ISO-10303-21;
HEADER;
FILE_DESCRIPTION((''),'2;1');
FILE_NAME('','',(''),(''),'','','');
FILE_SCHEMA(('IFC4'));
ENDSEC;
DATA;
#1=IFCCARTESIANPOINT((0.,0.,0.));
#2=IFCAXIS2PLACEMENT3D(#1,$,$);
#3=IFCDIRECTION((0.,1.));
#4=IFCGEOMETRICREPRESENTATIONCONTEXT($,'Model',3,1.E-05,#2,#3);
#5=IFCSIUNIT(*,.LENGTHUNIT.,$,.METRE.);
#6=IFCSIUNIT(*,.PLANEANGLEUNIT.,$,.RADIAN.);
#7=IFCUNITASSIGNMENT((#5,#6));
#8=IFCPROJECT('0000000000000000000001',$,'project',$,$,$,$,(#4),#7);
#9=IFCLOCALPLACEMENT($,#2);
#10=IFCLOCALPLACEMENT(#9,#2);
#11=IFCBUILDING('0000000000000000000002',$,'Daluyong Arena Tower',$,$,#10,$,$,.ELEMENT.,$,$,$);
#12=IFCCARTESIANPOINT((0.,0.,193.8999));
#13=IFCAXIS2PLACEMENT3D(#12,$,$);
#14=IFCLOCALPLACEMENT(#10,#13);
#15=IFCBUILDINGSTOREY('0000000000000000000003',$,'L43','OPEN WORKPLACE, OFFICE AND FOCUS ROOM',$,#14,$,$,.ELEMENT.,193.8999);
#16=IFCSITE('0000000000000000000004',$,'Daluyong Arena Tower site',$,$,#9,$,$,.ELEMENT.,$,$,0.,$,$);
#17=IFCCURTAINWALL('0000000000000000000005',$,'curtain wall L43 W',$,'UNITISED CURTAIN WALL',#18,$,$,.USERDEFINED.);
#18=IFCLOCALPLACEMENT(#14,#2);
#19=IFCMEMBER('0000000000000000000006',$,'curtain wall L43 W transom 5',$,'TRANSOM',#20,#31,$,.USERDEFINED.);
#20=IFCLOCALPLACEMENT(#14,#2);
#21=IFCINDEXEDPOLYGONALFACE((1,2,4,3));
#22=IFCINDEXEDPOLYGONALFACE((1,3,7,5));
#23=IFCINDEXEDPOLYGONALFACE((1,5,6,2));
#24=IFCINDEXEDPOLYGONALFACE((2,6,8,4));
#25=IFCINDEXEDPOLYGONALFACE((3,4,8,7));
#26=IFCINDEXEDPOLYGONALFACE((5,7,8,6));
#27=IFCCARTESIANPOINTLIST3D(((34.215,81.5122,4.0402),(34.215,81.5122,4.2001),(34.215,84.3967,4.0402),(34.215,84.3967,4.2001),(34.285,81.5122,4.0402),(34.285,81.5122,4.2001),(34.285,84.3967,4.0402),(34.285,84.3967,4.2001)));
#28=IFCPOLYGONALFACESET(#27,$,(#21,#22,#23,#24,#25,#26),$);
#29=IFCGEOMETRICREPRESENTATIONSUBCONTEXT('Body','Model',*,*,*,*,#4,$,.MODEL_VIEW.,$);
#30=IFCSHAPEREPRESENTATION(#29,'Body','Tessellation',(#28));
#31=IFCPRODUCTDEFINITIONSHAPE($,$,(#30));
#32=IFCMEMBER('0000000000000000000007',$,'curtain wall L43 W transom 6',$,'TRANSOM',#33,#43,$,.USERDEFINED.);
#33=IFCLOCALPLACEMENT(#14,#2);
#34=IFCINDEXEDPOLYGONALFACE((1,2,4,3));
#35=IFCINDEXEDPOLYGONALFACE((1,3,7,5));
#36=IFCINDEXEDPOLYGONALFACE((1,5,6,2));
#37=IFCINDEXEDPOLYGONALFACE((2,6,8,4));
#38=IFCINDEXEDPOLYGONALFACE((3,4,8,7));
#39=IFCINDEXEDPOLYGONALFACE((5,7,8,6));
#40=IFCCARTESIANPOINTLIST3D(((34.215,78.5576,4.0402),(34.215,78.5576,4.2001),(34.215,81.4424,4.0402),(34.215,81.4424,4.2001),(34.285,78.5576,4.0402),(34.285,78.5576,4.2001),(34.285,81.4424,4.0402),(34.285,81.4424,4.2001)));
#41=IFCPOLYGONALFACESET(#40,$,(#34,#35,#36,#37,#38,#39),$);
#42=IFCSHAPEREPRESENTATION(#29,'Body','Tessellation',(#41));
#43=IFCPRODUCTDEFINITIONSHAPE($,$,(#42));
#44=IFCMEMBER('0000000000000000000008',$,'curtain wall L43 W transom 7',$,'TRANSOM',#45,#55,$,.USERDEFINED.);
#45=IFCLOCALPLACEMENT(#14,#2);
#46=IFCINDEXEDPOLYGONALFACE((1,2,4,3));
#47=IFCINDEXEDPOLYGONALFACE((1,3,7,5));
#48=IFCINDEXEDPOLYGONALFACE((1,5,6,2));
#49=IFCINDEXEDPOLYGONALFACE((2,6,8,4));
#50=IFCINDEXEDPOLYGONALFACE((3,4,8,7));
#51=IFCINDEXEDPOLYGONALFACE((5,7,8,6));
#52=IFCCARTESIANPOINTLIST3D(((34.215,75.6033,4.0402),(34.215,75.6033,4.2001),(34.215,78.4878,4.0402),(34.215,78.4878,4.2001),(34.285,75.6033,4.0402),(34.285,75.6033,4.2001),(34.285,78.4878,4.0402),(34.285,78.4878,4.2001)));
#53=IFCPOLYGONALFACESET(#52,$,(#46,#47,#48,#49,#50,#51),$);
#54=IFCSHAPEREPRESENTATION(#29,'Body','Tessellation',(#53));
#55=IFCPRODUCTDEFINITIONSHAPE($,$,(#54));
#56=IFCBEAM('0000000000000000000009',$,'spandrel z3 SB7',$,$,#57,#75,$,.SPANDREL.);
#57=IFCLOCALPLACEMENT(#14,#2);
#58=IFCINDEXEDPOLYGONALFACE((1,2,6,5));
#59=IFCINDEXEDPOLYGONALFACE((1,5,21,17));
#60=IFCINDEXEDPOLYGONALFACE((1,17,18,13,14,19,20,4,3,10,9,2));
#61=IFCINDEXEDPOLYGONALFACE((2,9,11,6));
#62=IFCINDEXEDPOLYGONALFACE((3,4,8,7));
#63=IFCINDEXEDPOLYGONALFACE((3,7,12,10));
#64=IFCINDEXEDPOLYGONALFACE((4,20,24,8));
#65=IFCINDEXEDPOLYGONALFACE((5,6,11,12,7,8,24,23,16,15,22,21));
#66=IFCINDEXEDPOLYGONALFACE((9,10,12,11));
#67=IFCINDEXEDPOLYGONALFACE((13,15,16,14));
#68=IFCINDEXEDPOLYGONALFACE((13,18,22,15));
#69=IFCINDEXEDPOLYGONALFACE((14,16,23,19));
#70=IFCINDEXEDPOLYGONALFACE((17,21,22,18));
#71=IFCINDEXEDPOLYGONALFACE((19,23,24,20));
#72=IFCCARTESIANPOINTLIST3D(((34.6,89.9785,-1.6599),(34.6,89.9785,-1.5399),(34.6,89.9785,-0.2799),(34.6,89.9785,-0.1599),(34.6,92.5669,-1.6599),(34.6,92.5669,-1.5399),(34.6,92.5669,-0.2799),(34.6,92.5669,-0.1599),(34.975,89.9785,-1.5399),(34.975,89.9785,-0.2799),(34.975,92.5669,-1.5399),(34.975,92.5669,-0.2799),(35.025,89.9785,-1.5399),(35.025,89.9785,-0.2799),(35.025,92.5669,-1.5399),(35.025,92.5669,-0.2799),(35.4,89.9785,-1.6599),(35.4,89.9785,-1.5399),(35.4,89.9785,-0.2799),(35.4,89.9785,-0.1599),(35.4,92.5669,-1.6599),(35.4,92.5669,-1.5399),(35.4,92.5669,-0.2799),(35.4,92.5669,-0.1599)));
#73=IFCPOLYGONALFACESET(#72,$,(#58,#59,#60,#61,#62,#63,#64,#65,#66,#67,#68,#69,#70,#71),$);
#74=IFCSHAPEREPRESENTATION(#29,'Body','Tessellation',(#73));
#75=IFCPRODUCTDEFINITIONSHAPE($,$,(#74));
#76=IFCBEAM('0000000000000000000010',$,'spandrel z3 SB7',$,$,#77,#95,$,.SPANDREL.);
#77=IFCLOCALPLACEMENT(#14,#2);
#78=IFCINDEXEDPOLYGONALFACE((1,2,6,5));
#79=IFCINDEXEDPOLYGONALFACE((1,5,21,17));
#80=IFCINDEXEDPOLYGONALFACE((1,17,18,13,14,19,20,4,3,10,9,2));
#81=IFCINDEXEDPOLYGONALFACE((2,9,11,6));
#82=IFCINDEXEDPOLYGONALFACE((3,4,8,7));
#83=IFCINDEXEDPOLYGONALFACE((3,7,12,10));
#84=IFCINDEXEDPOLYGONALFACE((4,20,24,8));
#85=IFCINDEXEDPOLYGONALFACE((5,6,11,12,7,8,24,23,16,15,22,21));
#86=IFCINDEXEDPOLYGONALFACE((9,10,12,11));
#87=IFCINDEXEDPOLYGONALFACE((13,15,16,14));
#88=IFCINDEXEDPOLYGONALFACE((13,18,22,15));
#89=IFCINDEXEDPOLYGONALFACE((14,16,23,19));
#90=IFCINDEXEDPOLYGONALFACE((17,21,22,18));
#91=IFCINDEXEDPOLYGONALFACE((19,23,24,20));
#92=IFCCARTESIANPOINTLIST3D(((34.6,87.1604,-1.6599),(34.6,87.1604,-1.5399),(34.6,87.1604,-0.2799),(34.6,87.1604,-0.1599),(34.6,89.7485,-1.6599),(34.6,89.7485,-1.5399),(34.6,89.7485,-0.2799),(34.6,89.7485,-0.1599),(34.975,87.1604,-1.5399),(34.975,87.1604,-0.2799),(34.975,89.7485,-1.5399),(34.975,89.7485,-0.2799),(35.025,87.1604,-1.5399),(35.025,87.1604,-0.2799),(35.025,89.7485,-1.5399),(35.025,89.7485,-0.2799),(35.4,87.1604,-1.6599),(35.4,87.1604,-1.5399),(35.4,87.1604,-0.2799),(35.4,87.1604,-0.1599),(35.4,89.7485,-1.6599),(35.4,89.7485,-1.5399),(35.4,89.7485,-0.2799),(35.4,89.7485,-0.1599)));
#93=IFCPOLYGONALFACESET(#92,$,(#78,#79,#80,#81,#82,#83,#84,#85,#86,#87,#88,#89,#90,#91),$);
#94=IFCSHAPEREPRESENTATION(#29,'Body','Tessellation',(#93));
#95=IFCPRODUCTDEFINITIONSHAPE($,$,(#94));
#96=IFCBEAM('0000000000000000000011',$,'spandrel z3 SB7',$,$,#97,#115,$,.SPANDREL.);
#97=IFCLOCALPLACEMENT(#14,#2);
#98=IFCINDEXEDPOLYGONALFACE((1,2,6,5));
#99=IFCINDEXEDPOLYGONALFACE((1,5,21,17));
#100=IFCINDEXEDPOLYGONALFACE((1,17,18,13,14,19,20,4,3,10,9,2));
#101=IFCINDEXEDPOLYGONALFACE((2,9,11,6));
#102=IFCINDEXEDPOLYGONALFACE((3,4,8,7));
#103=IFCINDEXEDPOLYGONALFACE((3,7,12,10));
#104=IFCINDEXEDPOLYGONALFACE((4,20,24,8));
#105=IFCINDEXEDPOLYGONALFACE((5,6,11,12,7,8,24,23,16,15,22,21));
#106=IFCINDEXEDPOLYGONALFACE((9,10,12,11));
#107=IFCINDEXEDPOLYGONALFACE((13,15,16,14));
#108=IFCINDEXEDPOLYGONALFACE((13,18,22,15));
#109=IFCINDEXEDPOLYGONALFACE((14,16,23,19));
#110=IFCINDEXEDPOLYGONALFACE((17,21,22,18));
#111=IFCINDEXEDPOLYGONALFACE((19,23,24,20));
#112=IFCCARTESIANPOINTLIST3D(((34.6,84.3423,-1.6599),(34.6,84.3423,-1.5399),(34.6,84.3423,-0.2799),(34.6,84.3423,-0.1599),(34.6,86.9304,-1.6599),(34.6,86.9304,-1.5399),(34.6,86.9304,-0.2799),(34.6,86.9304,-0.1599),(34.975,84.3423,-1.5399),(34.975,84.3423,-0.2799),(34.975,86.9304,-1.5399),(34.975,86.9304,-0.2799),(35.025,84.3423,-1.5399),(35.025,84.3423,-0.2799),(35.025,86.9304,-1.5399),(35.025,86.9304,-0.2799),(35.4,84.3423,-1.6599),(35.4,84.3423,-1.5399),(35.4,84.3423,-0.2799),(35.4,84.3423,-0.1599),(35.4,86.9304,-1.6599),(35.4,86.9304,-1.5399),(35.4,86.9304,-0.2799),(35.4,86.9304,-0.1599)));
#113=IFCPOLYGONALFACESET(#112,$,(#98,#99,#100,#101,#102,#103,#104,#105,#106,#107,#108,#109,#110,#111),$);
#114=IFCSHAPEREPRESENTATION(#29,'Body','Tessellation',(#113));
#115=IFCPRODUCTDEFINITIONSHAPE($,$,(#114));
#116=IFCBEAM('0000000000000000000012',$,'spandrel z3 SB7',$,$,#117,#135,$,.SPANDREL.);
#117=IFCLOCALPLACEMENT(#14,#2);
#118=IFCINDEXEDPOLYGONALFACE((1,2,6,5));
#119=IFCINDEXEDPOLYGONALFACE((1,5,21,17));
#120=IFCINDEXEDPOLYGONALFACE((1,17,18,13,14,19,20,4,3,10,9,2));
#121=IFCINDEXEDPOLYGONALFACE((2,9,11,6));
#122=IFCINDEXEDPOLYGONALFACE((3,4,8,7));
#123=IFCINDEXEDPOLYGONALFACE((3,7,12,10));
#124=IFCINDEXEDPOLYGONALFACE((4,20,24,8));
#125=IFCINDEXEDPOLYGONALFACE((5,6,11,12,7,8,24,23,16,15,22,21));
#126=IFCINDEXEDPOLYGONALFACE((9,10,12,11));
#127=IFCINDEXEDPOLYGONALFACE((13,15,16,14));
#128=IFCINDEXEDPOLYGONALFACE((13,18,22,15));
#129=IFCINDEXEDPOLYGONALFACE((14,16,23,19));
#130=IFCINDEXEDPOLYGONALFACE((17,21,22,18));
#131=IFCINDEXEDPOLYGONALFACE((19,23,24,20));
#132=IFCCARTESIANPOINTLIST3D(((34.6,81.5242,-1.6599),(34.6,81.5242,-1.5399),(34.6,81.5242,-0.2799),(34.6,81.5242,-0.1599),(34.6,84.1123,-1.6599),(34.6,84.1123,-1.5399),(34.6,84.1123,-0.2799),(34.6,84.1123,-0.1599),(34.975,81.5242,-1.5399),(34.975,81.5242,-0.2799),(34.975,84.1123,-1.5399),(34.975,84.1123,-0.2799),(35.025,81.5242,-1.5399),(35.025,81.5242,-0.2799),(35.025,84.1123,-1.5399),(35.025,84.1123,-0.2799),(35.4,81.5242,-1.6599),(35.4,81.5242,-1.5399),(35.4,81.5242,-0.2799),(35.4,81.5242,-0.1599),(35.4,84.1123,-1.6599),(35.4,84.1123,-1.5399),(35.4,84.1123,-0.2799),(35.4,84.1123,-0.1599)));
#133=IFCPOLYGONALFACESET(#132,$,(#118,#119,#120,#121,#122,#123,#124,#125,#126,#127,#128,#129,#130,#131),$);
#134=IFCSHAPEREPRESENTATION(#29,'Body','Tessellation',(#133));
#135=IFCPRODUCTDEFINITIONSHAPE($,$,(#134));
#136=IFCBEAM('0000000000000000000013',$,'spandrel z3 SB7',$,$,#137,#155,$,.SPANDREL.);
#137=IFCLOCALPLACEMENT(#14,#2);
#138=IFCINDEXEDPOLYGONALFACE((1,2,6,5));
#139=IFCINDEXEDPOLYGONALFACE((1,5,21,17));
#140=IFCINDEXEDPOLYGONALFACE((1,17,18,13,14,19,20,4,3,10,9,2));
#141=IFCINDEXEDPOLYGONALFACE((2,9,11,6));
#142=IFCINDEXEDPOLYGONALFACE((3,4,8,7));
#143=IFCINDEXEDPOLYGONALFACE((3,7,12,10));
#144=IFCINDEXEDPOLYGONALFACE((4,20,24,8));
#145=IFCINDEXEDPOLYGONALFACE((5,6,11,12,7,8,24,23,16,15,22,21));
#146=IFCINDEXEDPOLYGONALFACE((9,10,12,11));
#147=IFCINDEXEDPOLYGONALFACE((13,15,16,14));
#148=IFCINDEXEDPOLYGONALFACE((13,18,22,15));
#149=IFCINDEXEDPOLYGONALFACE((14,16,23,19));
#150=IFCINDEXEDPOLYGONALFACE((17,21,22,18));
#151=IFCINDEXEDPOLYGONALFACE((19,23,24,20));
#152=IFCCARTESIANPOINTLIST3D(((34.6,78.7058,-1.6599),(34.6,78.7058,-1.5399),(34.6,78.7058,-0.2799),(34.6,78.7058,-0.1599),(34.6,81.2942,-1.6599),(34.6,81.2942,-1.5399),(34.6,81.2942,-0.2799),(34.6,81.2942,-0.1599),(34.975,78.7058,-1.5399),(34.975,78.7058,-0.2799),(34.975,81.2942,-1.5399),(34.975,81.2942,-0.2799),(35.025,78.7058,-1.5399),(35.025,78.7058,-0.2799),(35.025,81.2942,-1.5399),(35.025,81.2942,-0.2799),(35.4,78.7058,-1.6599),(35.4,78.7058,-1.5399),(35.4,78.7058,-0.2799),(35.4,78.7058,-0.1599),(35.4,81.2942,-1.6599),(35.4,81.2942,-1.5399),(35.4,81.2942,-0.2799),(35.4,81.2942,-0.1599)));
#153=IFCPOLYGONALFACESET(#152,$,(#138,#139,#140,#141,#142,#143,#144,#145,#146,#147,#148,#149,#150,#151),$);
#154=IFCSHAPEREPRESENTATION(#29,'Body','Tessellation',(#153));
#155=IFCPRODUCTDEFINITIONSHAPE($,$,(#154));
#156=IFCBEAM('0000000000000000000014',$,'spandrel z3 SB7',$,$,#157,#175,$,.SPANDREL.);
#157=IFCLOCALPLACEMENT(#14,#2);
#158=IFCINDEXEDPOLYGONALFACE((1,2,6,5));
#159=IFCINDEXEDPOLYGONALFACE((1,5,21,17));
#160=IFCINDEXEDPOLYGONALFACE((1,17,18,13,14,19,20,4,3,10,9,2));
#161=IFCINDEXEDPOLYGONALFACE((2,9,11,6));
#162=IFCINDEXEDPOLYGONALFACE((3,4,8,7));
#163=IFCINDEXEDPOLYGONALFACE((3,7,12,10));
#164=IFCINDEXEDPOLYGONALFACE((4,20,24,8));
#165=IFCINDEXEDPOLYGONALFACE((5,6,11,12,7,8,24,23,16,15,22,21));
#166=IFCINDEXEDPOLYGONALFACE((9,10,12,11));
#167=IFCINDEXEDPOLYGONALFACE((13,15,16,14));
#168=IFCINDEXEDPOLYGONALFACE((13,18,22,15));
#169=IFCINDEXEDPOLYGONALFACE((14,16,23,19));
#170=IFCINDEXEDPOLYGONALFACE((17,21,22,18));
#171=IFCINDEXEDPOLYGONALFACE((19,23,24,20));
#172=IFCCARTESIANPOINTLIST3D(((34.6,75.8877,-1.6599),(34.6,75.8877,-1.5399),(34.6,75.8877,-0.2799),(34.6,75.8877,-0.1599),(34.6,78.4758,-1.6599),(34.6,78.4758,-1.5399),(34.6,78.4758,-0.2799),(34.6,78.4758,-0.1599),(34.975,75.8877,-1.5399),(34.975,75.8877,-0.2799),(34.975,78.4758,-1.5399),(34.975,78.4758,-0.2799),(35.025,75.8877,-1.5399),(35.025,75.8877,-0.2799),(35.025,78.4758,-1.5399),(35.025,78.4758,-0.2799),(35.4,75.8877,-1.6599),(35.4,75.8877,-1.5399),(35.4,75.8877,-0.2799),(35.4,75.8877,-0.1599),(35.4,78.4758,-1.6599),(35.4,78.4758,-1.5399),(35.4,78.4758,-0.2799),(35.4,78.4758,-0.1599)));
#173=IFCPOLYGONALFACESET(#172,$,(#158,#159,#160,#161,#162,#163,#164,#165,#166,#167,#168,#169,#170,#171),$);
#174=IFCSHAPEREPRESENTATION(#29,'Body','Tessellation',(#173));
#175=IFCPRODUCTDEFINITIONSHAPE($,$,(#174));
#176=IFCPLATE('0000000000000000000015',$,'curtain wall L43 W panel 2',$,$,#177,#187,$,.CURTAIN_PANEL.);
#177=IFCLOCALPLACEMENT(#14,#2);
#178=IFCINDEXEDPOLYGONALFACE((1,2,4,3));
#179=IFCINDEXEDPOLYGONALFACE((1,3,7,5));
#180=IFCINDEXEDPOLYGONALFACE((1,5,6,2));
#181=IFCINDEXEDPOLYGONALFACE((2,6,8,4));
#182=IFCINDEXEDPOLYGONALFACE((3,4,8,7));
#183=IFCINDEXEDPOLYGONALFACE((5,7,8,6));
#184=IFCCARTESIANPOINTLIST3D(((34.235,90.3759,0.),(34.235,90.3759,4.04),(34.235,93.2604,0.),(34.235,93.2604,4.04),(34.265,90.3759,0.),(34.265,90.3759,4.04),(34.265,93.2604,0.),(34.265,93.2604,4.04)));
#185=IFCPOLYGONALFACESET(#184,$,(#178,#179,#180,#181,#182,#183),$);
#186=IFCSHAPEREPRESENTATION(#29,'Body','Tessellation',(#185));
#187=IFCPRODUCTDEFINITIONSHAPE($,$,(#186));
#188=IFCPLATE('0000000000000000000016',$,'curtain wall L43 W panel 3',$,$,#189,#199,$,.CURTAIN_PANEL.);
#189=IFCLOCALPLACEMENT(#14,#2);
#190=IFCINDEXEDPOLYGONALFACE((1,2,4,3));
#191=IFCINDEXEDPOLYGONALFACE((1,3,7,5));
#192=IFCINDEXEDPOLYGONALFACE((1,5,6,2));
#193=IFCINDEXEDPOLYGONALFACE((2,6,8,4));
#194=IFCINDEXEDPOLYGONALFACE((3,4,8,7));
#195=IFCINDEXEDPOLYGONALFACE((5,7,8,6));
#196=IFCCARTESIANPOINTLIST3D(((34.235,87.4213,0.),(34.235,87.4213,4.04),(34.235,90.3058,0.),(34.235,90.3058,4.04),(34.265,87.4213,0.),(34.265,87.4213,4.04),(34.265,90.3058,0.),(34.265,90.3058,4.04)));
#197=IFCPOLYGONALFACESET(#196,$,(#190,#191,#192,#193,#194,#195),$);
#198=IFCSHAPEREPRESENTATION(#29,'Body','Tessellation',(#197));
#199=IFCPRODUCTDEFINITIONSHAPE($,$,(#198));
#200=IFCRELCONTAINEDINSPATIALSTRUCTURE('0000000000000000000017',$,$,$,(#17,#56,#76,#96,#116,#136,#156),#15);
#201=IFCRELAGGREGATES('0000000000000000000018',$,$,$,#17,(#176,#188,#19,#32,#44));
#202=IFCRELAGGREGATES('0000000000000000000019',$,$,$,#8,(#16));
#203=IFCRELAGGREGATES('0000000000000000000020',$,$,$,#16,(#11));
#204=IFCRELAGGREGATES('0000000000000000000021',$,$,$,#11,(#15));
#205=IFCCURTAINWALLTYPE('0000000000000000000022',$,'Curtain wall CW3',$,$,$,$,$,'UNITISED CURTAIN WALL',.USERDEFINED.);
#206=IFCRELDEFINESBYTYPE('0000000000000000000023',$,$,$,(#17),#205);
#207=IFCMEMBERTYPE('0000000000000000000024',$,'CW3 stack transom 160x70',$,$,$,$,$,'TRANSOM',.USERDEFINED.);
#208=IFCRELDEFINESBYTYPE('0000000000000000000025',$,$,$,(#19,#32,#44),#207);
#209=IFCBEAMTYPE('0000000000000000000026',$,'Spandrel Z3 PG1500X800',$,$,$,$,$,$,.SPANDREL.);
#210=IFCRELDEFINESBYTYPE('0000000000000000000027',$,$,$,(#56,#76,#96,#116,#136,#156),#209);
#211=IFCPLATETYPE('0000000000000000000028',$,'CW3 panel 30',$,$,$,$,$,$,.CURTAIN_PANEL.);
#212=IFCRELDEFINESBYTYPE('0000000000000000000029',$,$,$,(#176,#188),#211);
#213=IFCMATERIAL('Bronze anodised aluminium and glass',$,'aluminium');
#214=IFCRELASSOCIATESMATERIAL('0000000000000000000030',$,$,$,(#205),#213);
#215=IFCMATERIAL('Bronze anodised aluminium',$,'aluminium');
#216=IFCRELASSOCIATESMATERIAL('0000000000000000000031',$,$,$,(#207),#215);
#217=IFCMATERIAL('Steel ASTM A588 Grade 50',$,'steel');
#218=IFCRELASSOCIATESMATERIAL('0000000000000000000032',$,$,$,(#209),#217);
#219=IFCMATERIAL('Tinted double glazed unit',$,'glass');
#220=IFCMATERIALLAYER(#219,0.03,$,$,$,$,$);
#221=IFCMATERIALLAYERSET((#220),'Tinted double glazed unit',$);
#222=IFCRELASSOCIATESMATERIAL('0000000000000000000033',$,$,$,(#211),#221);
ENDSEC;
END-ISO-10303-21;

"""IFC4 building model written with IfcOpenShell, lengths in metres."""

from ifc_helpers import new_model, si_unit, direction, frame, origin, origin_2d, place, context, subcontext, project, spatial, rectangle, i_section, extrude, material, layer, layer_set, material_profile, profile_set, type_object, element, aggregate, save


model = new_model("IFC4")

# Units and contexts
model_context = context("Model", 3, precision=1e-05, world=origin(), true_north=direction((0.0, 1.0)))
body_context = subcontext(model_context, "Body", "Model", "MODEL_VIEW")
ifc_project = project(units=[si_unit("LENGTHUNIT", "METRE"), si_unit("PLANEANGLEUNIT", "RADIAN")], contexts=[model_context])

# Site, building, storey
site_placement = place(None, origin())
site = spatial("IfcSite", under=ifc_project, at=site_placement, Name="Daluyong Arena Tower site", CompositionType="ELEMENT", RefElevation=0.0)
building_placement = place(site_placement, origin())
building = spatial("IfcBuilding", under=site, at=building_placement, Name="Daluyong Arena Tower", CompositionType="ELEMENT")
storey_placement = place(building_placement, frame((0.0, 0.0, 193.8999)))
storey = spatial("IfcBuildingStorey", under=building, at=storey_placement, Name="L43", Description="OPEN WORKPLACE, OFFICE AND FOCUS ROOM", CompositionType="ELEMENT", Elevation=193.8999)

# Curtain wall, members
ifc_material_1 = material(Name="Bronze anodised aluminium and glass", Category="aluminium")
curtain_wall_type = type_object("IfcCurtainWallType", Name="Curtain wall CW3", ElementType="UNITISED CURTAIN WALL", PredefinedType="USERDEFINED", material=ifc_material_1)
curtain_wall_placement = place(storey_placement, origin())
curtain_wall = element("IfcCurtainWall", 1, at=curtain_wall_placement, inside=storey, type_object=curtain_wall_type, Name="curtain wall L43 W", ObjectType="UNITISED CURTAIN WALL", PredefinedType="USERDEFINED")
ifc_material_2 = material(Name="Bronze anodised aluminium", Category="aluminium")
ifc_material_profile_1 = material_profile(ifc_material_2, rectangle(XDim=0.0701, YDim=0.1599, at=origin_2d()))
ifc_profile_set_1 = profile_set([ifc_material_profile_1], Name="Bronze anodised aluminium")
member_type_1 = type_object("IfcMemberType", Name="CW3 stack transom 160x70", ElementType="TRANSOM", PredefinedType="USERDEFINED", material=ifc_profile_set_1)
member_1_placement = place(storey_placement, frame((34.25, 84.3967, 4.1201), z_axis=(0.0, -1.0, 0.0), x_axis=(1.0, 0.0, 0.0)))
member_1 = element("IfcMember", 2, at=member_1_placement, type_object=member_type_1, Name="curtain wall L43 W transom 5", ObjectType="TRANSOM", PredefinedType="USERDEFINED", context=body_context, shape_type="SweptSolid", body=[
    extrude(rectangle(XDim=0.0701, YDim=0.1599, at=origin_2d()), origin(), (0.0, 0.0, 1.0), 2.8845),
])
member_2_placement = place(storey_placement, frame((34.25, 81.4424, 4.1201), z_axis=(0.0, -1.0, 0.0), x_axis=(1.0, 0.0, 0.0)))
member_2 = element("IfcMember", 3, at=member_2_placement, type_object=member_type_1, Name="curtain wall L43 W transom 6", ObjectType="TRANSOM", PredefinedType="USERDEFINED", context=body_context, shape_type="SweptSolid", body=[
    extrude(rectangle(XDim=0.0701, YDim=0.1599, at=origin_2d()), origin(), (0.0, 0.0, 1.0), 2.8848),
])
member_3_placement = place(storey_placement, frame((34.25, 78.4878, 4.1201), z_axis=(0.0, -1.0, 0.0), x_axis=(1.0, 0.0, 0.0)))
member_3 = element("IfcMember", 4, at=member_3_placement, type_object=member_type_1, Name="curtain wall L43 W transom 7", ObjectType="TRANSOM", PredefinedType="USERDEFINED", context=body_context, shape_type="SweptSolid", body=[
    extrude(rectangle(XDim=0.0701, YDim=0.1599, at=origin_2d()), origin(), (0.0, 0.0, 1.0), 2.8845),
])

# Beams
ifc_material_3 = material(Name="Steel ASTM A588 Grade 50", Category="steel")
ifc_material_profile_2 = material_profile(ifc_material_3, i_section(OverallWidth=0.8, OverallDepth=1.5, WebThickness=0.05, FlangeThickness=0.12, at=origin_2d()))
ifc_profile_set_2 = profile_set([ifc_material_profile_2], Name="Steel ASTM A588 Grade 50")
beam_type = type_object("IfcBeamType", Name="Spandrel Z3 PG1500X800", PredefinedType="SPANDREL", material=ifc_profile_set_2)
beam_1_placement = place(storey_placement, frame((35.0, 92.5669, -0.9099), z_axis=(0.0, -1.0, 0.0), x_axis=(1.0, 0.0, 0.0)))
element("IfcBeam", 5, at=beam_1_placement, inside=storey, type_object=beam_type, Name="spandrel z3 SB7", PredefinedType="SPANDREL", context=body_context, shape_type="SweptSolid", body=[
    extrude(i_section(OverallWidth=0.8, OverallDepth=1.5, WebThickness=0.05, FlangeThickness=0.12, at=origin_2d()), origin(), (0.0, 0.0, 1.0), 2.5884),
])
for number, where, z_axis, x_axis, name in (
    (6, (35.0, 89.7485, -0.9099), (0.0, -1.0, 0.0), (1.0, 0.0, 0.0), "spandrel z3 SB7"),
    (7, (35.0, 86.9304, -0.9099), (0.0, -1.0, 0.0), (1.0, 0.0, 0.0), "spandrel z3 SB7"),
    (8, (35.0, 84.1123, -0.9099), (0.0, -1.0, 0.0), (1.0, 0.0, 0.0), "spandrel z3 SB7"),
):
    element("IfcBeam", number, at=place(storey_placement, frame(where, z_axis=z_axis, x_axis=x_axis)), inside=storey, type_object=beam_type, Name=name, PredefinedType="SPANDREL", context=body_context, shape_type="SweptSolid", body=[
        extrude(i_section(OverallWidth=0.8, OverallDepth=1.5, WebThickness=0.05, FlangeThickness=0.12, at=origin_2d()), origin(), (0.0, 0.0, 1.0), 2.5881),
    ])
beam_2_placement = place(storey_placement, frame((35.0, 81.2942, -0.9099), z_axis=(0.0, -1.0, 0.0), x_axis=(1.0, 0.0, 0.0)))
element("IfcBeam", 9, at=beam_2_placement, inside=storey, type_object=beam_type, Name="spandrel z3 SB7", PredefinedType="SPANDREL", context=body_context, shape_type="SweptSolid", body=[
    extrude(i_section(OverallWidth=0.8, OverallDepth=1.5, WebThickness=0.05, FlangeThickness=0.12, at=origin_2d()), origin(), (0.0, 0.0, 1.0), 2.5884),
])
beam_3_placement = place(storey_placement, frame((35.0, 78.4758, -0.9099), z_axis=(0.0, -1.0, 0.0), x_axis=(1.0, 0.0, 0.0)))
element("IfcBeam", 10, at=beam_3_placement, inside=storey, type_object=beam_type, Name="spandrel z3 SB7", PredefinedType="SPANDREL", context=body_context, shape_type="SweptSolid", body=[
    extrude(i_section(OverallWidth=0.8, OverallDepth=1.5, WebThickness=0.05, FlangeThickness=0.12, at=origin_2d()), origin(), (0.0, 0.0, 1.0), 2.5881),
])

# Plates
ifc_material_4 = material(Name="Tinted double glazed unit", Category="glass")
ifc_layer = layer(ifc_material_4, 0.03)
ifc_layer_set = layer_set([ifc_layer], Name="Tinted double glazed unit")
plate_type = type_object("IfcPlateType", Name="CW3 panel 30", PredefinedType="CURTAIN_PANEL", material=ifc_layer_set)
plate_1_placement = place(storey_placement, frame((34.25, 91.8181, 0.0), z_axis=(0.0, 0.0, 1.0), x_axis=(0.0, -1.0, 0.0)))
plate_1 = element("IfcPlate", 11, at=plate_1_placement, type_object=plate_type, Name="curtain wall L43 W panel 2", PredefinedType="CURTAIN_PANEL", context=body_context, shape_type="SweptSolid", body=[
    extrude(rectangle(XDim=2.8845, YDim=0.03, at=origin_2d()), origin(), (0.0, 0.0, 1.0), 4.04),
])
plate_2_placement = place(storey_placement, frame((34.25, 88.8635, 0.0), z_axis=(0.0, 0.0, 1.0), x_axis=(0.0, -1.0, 0.0)))
plate_2 = element("IfcPlate", 12, at=plate_2_placement, type_object=plate_type, Name="curtain wall L43 W panel 3", PredefinedType="CURTAIN_PANEL", context=body_context, shape_type="SweptSolid", body=[
    extrude(rectangle(XDim=2.8845, YDim=0.03, at=origin_2d()), origin(), (0.0, 0.0, 1.0), 4.04),
])
aggregate(curtain_wall, [plate_1, plate_2, member_1, member_2, member_3])

save(model, "model.ifc")
